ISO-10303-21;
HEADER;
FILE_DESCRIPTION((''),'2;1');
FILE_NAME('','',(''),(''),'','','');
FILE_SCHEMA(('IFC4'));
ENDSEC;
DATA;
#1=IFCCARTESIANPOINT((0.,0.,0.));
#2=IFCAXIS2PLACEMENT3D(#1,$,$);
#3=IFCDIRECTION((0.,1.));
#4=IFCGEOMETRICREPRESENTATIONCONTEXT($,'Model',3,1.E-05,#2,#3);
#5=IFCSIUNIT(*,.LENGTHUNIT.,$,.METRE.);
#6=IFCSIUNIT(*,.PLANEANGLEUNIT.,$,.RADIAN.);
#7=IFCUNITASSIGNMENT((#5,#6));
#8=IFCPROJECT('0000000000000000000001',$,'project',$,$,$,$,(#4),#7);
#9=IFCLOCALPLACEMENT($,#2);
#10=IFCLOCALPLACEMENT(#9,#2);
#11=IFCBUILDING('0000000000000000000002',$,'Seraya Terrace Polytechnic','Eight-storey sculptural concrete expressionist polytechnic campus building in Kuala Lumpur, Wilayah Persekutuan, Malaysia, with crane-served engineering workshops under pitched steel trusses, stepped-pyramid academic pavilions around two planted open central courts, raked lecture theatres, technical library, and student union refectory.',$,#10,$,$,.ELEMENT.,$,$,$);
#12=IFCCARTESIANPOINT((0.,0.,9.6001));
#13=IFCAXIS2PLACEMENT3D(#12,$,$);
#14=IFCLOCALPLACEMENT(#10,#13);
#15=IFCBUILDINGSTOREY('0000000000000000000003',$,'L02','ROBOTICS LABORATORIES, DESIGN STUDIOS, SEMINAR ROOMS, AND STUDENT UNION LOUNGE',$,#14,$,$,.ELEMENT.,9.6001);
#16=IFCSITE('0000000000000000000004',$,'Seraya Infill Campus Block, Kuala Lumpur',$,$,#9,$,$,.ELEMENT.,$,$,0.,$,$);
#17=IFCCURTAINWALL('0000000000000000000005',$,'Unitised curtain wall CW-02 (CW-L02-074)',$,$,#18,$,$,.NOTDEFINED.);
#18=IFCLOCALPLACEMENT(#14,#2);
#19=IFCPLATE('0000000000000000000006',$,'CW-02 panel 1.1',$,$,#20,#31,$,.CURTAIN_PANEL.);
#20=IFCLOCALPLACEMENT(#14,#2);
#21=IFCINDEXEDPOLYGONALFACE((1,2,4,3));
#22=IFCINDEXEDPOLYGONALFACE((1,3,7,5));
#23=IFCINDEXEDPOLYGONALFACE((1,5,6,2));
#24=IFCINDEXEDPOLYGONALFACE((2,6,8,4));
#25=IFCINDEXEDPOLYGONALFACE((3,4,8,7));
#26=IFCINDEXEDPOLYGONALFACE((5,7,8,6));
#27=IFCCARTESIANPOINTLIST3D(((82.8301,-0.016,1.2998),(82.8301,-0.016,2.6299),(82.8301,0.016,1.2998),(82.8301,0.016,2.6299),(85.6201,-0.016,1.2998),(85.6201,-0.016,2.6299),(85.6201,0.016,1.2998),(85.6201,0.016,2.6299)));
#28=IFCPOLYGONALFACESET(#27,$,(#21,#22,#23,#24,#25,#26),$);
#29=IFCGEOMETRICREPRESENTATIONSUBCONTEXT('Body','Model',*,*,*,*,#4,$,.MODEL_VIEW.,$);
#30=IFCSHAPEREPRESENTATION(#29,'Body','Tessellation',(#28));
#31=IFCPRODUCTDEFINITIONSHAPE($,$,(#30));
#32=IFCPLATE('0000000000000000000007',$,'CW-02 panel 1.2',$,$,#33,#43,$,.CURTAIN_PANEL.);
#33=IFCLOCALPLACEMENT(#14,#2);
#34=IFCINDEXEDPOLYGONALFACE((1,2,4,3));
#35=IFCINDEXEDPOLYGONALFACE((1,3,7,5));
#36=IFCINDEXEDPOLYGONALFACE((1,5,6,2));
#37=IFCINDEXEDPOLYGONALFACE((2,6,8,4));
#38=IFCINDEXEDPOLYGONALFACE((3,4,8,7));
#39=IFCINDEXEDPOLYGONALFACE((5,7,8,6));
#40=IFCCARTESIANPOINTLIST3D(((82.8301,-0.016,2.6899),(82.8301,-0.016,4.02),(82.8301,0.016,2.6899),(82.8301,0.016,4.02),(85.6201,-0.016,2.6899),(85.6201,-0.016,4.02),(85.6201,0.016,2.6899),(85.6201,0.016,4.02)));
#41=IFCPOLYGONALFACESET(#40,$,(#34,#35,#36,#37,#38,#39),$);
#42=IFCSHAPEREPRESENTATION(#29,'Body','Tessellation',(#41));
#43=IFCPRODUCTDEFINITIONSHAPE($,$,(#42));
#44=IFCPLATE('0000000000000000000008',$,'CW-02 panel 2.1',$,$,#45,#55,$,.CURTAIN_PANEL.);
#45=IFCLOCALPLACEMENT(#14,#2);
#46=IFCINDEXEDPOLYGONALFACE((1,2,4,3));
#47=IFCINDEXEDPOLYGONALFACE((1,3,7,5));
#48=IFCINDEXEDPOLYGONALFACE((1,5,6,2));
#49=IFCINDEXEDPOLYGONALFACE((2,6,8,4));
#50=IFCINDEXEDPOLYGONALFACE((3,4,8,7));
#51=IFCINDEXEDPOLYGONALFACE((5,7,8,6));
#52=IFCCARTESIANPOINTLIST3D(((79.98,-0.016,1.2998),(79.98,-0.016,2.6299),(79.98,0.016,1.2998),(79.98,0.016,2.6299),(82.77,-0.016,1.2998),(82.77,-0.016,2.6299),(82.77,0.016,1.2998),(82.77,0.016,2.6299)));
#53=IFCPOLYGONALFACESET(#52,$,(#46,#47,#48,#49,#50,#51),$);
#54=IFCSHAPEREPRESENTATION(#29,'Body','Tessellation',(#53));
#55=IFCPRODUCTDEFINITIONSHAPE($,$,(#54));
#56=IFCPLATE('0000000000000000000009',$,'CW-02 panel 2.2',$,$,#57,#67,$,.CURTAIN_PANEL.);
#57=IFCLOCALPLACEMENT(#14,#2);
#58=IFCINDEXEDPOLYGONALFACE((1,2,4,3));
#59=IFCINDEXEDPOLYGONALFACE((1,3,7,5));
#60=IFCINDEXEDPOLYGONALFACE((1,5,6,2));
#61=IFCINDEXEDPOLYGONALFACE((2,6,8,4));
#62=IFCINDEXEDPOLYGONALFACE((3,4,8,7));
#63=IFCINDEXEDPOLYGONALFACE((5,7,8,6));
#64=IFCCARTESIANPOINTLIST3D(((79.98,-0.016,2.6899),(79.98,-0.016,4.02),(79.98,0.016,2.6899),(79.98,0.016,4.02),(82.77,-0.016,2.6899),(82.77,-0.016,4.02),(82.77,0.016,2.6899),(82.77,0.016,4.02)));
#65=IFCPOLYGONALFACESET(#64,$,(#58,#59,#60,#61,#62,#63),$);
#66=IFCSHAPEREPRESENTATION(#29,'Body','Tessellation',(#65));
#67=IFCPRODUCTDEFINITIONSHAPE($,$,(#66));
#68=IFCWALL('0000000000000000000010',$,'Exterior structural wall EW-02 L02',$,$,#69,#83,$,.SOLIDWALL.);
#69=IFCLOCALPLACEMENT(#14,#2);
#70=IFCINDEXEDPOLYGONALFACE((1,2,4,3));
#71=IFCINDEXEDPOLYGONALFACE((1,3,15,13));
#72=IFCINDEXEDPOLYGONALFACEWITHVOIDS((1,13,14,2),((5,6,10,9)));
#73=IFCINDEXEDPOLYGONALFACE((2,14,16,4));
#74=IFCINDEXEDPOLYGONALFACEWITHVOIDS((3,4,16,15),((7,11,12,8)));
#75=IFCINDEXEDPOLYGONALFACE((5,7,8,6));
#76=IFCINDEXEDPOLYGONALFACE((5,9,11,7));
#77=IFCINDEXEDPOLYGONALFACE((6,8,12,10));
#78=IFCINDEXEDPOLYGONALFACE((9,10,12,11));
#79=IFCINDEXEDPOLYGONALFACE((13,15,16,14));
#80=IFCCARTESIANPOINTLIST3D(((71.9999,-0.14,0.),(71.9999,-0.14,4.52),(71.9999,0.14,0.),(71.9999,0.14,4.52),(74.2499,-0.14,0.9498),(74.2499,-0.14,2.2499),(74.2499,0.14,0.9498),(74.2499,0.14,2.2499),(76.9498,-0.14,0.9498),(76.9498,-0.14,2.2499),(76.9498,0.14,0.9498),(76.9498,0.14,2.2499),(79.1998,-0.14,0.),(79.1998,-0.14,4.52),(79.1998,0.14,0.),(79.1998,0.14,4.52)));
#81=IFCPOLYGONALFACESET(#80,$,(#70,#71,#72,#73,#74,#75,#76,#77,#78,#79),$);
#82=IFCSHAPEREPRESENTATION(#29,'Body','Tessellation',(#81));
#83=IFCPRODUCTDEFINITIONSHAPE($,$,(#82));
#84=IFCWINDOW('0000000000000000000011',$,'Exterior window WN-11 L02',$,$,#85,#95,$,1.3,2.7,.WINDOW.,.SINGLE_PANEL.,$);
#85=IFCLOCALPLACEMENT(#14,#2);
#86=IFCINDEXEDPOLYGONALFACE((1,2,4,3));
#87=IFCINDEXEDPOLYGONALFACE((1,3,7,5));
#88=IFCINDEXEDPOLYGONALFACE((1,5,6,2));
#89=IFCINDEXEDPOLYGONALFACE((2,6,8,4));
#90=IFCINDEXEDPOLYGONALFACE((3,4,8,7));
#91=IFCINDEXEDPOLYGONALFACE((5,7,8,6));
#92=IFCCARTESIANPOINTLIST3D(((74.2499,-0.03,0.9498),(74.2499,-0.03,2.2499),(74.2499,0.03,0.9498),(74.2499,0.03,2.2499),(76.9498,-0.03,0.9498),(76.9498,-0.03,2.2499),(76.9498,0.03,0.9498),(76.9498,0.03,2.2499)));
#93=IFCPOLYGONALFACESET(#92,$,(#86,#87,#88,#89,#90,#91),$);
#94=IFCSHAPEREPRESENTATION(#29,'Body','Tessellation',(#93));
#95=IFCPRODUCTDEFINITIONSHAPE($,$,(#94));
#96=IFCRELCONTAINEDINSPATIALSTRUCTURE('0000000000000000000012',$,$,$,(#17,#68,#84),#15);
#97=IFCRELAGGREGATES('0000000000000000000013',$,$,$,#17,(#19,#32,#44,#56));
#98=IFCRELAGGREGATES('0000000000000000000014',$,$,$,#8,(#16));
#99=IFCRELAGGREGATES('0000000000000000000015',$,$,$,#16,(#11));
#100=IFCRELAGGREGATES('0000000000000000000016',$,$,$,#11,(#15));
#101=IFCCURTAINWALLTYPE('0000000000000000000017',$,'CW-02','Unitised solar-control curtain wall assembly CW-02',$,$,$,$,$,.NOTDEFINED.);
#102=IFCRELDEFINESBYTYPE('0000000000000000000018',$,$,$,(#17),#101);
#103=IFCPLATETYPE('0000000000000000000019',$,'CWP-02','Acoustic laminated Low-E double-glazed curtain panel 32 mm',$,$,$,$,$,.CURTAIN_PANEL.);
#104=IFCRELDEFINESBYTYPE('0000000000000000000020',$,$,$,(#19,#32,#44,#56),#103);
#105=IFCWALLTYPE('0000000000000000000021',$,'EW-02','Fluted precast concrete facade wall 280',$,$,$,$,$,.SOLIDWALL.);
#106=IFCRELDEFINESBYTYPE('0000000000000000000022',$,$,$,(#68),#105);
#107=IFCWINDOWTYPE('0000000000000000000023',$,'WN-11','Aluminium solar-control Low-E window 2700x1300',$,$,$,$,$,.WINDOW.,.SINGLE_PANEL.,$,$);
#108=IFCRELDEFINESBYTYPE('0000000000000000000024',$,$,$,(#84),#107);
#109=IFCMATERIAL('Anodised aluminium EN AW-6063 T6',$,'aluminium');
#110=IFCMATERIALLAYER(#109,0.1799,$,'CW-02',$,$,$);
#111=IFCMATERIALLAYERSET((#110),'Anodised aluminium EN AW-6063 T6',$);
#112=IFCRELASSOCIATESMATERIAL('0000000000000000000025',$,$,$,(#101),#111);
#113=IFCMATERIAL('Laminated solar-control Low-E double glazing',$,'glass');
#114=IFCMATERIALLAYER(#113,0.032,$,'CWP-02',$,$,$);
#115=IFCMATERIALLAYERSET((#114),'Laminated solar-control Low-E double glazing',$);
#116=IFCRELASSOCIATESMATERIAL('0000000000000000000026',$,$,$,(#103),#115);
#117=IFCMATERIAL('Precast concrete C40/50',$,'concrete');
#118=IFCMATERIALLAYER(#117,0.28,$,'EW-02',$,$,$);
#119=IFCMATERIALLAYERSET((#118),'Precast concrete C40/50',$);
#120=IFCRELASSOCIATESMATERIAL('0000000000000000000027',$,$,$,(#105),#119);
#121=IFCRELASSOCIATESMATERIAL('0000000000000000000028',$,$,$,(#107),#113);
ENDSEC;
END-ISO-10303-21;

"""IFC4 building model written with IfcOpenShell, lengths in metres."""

from ifc_helpers import new_model, si_unit, direction, frame, frame_2d, origin, origin_2d, place, context, subcontext, project, spatial, rectangle, extrude, material, layer, layer_set, type_object, element, fill, aggregate, save


model = new_model("IFC4")

# Units and contexts
model_context = context("Model", 3, precision=1e-05, world=origin(), true_north=direction((0.0, 1.0)))
body_context = subcontext(model_context, "Body", "Model", "MODEL_VIEW")
ifc_project = project(units=[si_unit("LENGTHUNIT", "METRE"), si_unit("PLANEANGLEUNIT", "RADIAN")], contexts=[model_context])

# Site, building, storey
site_placement = place(None, origin())
site = spatial("IfcSite", under=ifc_project, at=site_placement, Name="Seraya Infill Campus Block, Kuala Lumpur", CompositionType="ELEMENT", RefElevation=0.0)
building_placement = place(site_placement, origin())
building = spatial("IfcBuilding", under=site, at=building_placement, Name="Seraya Terrace Polytechnic", Description="Eight-storey sculptural concrete expressionist polytechnic campus building in Kuala Lumpur, Wilayah Persekutuan, Malaysia, with crane-served engineering workshops under pitched steel trusses, stepped-pyramid academic pavilions around two planted open central courts, raked lecture theatres, technical library, and student union refectory.", CompositionType="ELEMENT")
storey_placement = place(building_placement, frame((0.0, 0.0, 9.6001)))
storey = spatial("IfcBuildingStorey", under=building, at=storey_placement, Name="L02", Description="ROBOTICS LABORATORIES, DESIGN STUDIOS, SEMINAR ROOMS, AND STUDENT UNION LOUNGE", CompositionType="ELEMENT", Elevation=9.6001)

# Curtain wall
ifc_material_1 = material(Name="Anodised aluminium EN AW-6063 T6", Category="aluminium")
ifc_layer_1 = layer(ifc_material_1, 0.1799, Name="CW-02")
ifc_layer_set_1 = layer_set([ifc_layer_1], Name="Anodised aluminium EN AW-6063 T6")
curtain_wall_type = type_object("IfcCurtainWallType", Name="CW-02", Description="Unitised solar-control curtain wall assembly CW-02", PredefinedType="NOTDEFINED", material=ifc_layer_set_1)
curtain_wall_placement = place(storey_placement, origin())
curtain_wall = element("IfcCurtainWall", 1, at=curtain_wall_placement, inside=storey, type_object=curtain_wall_type, Name="Unitised curtain wall CW-02 (CW-L02-074)", PredefinedType="NOTDEFINED")

# Plates
ifc_material_2 = material(Name="Laminated solar-control Low-E double glazing", Category="glass")
ifc_layer_2 = layer(ifc_material_2, 0.032, Name="CWP-02")
ifc_layer_set_2 = layer_set([ifc_layer_2], Name="Laminated solar-control Low-E double glazing")
plate_type = type_object("IfcPlateType", Name="CWP-02", Description="Acoustic laminated Low-E double-glazed curtain panel 32 mm", PredefinedType="CURTAIN_PANEL", material=ifc_layer_set_2)
plate_1_placement = place(storey_placement, frame((84.2251, 0.0, 1.2998), z_axis=(0.0, 0.0, 1.0), x_axis=(-1.0, 0.0, 0.0)))
plate_1 = element("IfcPlate", 2, at=plate_1_placement, type_object=plate_type, Name="CW-02 panel 1.1", PredefinedType="CURTAIN_PANEL", context=body_context, shape_type="SweptSolid", body=[
    extrude(rectangle(XDim=2.79, YDim=0.032, at=origin_2d()), origin(), (0.0, 0.0, 1.0), 1.3301),
])
plate_2_placement = place(storey_placement, frame((84.2251, 0.0, 2.6899), z_axis=(0.0, 0.0, 1.0), x_axis=(-1.0, 0.0, 0.0)))
plate_2 = element("IfcPlate", 3, at=plate_2_placement, type_object=plate_type, Name="CW-02 panel 1.2", PredefinedType="CURTAIN_PANEL", context=body_context, shape_type="SweptSolid", body=[
    extrude(rectangle(XDim=2.79, YDim=0.032, at=origin_2d()), origin(), (0.0, 0.0, 1.0), 1.3301),
])
plate_3_placement = place(storey_placement, frame((81.375, 0.0, 1.2998), z_axis=(0.0, 0.0, 1.0), x_axis=(-1.0, 0.0, 0.0)))
plate_3 = element("IfcPlate", 4, at=plate_3_placement, type_object=plate_type, Name="CW-02 panel 2.1", PredefinedType="CURTAIN_PANEL", context=body_context, shape_type="SweptSolid", body=[
    extrude(rectangle(XDim=2.79, YDim=0.032, at=origin_2d()), origin(), (0.0, 0.0, 1.0), 1.3301),
])
plate_4_placement = place(storey_placement, frame((81.375, 0.0, 2.6899), z_axis=(0.0, 0.0, 1.0), x_axis=(-1.0, 0.0, 0.0)))
plate_4 = element("IfcPlate", 5, at=plate_4_placement, type_object=plate_type, Name="CW-02 panel 2.2", PredefinedType="CURTAIN_PANEL", context=body_context, shape_type="SweptSolid", body=[
    extrude(rectangle(XDim=2.79, YDim=0.032, at=origin_2d()), origin(), (0.0, 0.0, 1.0), 1.3301),
])
aggregate(curtain_wall, [plate_1, plate_2, plate_3, plate_4])

# Wall, opening, window
ifc_material_3 = material(Name="Precast concrete C40/50", Category="concrete")
ifc_layer_3 = layer(ifc_material_3, 0.28, Name="EW-02")
ifc_layer_set_3 = layer_set([ifc_layer_3], Name="Precast concrete C40/50")
wall_type = type_object("IfcWallType", Name="EW-02", Description="Fluted precast concrete facade wall 280", PredefinedType="SOLIDWALL", material=ifc_layer_set_3)
wall_placement = place(storey_placement, frame((79.2, 0.0, 0.0), z_axis=(0.0, 0.0, 1.0), x_axis=(-1.0, 0.0, 0.0)))
wall = element("IfcWall", 6, at=wall_placement, inside=storey, type_object=wall_type, Name="Exterior structural wall EW-02 L02", PredefinedType="SOLIDWALL", context=body_context, shape_type="SweptSolid", body=[
    extrude(rectangle(XDim=7.2, YDim=0.28, at=frame_2d((3.6001, 0.0))), origin(), (0.0, 0.0, 1.0), 4.52),
])
opening_placement = place(wall_placement, frame((2.25, 0.0, 0.95)))
opening = element("IfcOpeningElement", 7, at=opening_placement, cuts=wall, PredefinedType="OPENING", context=body_context, shape_type="SweptSolid", body=[
    extrude(rectangle(XDim=2.7, YDim=1.3, at=frame_2d((1.3501, 0.6499))), frame((0.0, 0.1519, 0.0), z_axis=(0.0, -1.0, 0.0), x_axis=(1.0, 0.0, 0.0)), (0.0, 0.0, 1.0), 0.304),
])
window_type = type_object("IfcWindowType", Name="WN-11", Description="Aluminium solar-control Low-E window 2700x1300", PartitioningType="SINGLE_PANEL", PredefinedType="WINDOW", material=ifc_material_2)
window_placement = place(opening_placement, origin())
window = element("IfcWindow", 8, at=window_placement, inside=storey, type_object=window_type, Name="Exterior window WN-11 L02", OverallHeight=1.3, OverallWidth=2.7, PartitioningType="SINGLE_PANEL", PredefinedType="WINDOW", context=body_context, shape_type="SweptSolid", body=[
    extrude(rectangle(XDim=2.7, YDim=1.3, at=frame_2d((1.3501, 0.6499))), frame((0.0, 0.03, 0.0), z_axis=(0.0, -1.0, 0.0), x_axis=(1.0, 0.0, 0.0)), (0.0, 0.0, 1.0), 0.0601),
])
fill(opening, window)

save(model, "model.ifc")
